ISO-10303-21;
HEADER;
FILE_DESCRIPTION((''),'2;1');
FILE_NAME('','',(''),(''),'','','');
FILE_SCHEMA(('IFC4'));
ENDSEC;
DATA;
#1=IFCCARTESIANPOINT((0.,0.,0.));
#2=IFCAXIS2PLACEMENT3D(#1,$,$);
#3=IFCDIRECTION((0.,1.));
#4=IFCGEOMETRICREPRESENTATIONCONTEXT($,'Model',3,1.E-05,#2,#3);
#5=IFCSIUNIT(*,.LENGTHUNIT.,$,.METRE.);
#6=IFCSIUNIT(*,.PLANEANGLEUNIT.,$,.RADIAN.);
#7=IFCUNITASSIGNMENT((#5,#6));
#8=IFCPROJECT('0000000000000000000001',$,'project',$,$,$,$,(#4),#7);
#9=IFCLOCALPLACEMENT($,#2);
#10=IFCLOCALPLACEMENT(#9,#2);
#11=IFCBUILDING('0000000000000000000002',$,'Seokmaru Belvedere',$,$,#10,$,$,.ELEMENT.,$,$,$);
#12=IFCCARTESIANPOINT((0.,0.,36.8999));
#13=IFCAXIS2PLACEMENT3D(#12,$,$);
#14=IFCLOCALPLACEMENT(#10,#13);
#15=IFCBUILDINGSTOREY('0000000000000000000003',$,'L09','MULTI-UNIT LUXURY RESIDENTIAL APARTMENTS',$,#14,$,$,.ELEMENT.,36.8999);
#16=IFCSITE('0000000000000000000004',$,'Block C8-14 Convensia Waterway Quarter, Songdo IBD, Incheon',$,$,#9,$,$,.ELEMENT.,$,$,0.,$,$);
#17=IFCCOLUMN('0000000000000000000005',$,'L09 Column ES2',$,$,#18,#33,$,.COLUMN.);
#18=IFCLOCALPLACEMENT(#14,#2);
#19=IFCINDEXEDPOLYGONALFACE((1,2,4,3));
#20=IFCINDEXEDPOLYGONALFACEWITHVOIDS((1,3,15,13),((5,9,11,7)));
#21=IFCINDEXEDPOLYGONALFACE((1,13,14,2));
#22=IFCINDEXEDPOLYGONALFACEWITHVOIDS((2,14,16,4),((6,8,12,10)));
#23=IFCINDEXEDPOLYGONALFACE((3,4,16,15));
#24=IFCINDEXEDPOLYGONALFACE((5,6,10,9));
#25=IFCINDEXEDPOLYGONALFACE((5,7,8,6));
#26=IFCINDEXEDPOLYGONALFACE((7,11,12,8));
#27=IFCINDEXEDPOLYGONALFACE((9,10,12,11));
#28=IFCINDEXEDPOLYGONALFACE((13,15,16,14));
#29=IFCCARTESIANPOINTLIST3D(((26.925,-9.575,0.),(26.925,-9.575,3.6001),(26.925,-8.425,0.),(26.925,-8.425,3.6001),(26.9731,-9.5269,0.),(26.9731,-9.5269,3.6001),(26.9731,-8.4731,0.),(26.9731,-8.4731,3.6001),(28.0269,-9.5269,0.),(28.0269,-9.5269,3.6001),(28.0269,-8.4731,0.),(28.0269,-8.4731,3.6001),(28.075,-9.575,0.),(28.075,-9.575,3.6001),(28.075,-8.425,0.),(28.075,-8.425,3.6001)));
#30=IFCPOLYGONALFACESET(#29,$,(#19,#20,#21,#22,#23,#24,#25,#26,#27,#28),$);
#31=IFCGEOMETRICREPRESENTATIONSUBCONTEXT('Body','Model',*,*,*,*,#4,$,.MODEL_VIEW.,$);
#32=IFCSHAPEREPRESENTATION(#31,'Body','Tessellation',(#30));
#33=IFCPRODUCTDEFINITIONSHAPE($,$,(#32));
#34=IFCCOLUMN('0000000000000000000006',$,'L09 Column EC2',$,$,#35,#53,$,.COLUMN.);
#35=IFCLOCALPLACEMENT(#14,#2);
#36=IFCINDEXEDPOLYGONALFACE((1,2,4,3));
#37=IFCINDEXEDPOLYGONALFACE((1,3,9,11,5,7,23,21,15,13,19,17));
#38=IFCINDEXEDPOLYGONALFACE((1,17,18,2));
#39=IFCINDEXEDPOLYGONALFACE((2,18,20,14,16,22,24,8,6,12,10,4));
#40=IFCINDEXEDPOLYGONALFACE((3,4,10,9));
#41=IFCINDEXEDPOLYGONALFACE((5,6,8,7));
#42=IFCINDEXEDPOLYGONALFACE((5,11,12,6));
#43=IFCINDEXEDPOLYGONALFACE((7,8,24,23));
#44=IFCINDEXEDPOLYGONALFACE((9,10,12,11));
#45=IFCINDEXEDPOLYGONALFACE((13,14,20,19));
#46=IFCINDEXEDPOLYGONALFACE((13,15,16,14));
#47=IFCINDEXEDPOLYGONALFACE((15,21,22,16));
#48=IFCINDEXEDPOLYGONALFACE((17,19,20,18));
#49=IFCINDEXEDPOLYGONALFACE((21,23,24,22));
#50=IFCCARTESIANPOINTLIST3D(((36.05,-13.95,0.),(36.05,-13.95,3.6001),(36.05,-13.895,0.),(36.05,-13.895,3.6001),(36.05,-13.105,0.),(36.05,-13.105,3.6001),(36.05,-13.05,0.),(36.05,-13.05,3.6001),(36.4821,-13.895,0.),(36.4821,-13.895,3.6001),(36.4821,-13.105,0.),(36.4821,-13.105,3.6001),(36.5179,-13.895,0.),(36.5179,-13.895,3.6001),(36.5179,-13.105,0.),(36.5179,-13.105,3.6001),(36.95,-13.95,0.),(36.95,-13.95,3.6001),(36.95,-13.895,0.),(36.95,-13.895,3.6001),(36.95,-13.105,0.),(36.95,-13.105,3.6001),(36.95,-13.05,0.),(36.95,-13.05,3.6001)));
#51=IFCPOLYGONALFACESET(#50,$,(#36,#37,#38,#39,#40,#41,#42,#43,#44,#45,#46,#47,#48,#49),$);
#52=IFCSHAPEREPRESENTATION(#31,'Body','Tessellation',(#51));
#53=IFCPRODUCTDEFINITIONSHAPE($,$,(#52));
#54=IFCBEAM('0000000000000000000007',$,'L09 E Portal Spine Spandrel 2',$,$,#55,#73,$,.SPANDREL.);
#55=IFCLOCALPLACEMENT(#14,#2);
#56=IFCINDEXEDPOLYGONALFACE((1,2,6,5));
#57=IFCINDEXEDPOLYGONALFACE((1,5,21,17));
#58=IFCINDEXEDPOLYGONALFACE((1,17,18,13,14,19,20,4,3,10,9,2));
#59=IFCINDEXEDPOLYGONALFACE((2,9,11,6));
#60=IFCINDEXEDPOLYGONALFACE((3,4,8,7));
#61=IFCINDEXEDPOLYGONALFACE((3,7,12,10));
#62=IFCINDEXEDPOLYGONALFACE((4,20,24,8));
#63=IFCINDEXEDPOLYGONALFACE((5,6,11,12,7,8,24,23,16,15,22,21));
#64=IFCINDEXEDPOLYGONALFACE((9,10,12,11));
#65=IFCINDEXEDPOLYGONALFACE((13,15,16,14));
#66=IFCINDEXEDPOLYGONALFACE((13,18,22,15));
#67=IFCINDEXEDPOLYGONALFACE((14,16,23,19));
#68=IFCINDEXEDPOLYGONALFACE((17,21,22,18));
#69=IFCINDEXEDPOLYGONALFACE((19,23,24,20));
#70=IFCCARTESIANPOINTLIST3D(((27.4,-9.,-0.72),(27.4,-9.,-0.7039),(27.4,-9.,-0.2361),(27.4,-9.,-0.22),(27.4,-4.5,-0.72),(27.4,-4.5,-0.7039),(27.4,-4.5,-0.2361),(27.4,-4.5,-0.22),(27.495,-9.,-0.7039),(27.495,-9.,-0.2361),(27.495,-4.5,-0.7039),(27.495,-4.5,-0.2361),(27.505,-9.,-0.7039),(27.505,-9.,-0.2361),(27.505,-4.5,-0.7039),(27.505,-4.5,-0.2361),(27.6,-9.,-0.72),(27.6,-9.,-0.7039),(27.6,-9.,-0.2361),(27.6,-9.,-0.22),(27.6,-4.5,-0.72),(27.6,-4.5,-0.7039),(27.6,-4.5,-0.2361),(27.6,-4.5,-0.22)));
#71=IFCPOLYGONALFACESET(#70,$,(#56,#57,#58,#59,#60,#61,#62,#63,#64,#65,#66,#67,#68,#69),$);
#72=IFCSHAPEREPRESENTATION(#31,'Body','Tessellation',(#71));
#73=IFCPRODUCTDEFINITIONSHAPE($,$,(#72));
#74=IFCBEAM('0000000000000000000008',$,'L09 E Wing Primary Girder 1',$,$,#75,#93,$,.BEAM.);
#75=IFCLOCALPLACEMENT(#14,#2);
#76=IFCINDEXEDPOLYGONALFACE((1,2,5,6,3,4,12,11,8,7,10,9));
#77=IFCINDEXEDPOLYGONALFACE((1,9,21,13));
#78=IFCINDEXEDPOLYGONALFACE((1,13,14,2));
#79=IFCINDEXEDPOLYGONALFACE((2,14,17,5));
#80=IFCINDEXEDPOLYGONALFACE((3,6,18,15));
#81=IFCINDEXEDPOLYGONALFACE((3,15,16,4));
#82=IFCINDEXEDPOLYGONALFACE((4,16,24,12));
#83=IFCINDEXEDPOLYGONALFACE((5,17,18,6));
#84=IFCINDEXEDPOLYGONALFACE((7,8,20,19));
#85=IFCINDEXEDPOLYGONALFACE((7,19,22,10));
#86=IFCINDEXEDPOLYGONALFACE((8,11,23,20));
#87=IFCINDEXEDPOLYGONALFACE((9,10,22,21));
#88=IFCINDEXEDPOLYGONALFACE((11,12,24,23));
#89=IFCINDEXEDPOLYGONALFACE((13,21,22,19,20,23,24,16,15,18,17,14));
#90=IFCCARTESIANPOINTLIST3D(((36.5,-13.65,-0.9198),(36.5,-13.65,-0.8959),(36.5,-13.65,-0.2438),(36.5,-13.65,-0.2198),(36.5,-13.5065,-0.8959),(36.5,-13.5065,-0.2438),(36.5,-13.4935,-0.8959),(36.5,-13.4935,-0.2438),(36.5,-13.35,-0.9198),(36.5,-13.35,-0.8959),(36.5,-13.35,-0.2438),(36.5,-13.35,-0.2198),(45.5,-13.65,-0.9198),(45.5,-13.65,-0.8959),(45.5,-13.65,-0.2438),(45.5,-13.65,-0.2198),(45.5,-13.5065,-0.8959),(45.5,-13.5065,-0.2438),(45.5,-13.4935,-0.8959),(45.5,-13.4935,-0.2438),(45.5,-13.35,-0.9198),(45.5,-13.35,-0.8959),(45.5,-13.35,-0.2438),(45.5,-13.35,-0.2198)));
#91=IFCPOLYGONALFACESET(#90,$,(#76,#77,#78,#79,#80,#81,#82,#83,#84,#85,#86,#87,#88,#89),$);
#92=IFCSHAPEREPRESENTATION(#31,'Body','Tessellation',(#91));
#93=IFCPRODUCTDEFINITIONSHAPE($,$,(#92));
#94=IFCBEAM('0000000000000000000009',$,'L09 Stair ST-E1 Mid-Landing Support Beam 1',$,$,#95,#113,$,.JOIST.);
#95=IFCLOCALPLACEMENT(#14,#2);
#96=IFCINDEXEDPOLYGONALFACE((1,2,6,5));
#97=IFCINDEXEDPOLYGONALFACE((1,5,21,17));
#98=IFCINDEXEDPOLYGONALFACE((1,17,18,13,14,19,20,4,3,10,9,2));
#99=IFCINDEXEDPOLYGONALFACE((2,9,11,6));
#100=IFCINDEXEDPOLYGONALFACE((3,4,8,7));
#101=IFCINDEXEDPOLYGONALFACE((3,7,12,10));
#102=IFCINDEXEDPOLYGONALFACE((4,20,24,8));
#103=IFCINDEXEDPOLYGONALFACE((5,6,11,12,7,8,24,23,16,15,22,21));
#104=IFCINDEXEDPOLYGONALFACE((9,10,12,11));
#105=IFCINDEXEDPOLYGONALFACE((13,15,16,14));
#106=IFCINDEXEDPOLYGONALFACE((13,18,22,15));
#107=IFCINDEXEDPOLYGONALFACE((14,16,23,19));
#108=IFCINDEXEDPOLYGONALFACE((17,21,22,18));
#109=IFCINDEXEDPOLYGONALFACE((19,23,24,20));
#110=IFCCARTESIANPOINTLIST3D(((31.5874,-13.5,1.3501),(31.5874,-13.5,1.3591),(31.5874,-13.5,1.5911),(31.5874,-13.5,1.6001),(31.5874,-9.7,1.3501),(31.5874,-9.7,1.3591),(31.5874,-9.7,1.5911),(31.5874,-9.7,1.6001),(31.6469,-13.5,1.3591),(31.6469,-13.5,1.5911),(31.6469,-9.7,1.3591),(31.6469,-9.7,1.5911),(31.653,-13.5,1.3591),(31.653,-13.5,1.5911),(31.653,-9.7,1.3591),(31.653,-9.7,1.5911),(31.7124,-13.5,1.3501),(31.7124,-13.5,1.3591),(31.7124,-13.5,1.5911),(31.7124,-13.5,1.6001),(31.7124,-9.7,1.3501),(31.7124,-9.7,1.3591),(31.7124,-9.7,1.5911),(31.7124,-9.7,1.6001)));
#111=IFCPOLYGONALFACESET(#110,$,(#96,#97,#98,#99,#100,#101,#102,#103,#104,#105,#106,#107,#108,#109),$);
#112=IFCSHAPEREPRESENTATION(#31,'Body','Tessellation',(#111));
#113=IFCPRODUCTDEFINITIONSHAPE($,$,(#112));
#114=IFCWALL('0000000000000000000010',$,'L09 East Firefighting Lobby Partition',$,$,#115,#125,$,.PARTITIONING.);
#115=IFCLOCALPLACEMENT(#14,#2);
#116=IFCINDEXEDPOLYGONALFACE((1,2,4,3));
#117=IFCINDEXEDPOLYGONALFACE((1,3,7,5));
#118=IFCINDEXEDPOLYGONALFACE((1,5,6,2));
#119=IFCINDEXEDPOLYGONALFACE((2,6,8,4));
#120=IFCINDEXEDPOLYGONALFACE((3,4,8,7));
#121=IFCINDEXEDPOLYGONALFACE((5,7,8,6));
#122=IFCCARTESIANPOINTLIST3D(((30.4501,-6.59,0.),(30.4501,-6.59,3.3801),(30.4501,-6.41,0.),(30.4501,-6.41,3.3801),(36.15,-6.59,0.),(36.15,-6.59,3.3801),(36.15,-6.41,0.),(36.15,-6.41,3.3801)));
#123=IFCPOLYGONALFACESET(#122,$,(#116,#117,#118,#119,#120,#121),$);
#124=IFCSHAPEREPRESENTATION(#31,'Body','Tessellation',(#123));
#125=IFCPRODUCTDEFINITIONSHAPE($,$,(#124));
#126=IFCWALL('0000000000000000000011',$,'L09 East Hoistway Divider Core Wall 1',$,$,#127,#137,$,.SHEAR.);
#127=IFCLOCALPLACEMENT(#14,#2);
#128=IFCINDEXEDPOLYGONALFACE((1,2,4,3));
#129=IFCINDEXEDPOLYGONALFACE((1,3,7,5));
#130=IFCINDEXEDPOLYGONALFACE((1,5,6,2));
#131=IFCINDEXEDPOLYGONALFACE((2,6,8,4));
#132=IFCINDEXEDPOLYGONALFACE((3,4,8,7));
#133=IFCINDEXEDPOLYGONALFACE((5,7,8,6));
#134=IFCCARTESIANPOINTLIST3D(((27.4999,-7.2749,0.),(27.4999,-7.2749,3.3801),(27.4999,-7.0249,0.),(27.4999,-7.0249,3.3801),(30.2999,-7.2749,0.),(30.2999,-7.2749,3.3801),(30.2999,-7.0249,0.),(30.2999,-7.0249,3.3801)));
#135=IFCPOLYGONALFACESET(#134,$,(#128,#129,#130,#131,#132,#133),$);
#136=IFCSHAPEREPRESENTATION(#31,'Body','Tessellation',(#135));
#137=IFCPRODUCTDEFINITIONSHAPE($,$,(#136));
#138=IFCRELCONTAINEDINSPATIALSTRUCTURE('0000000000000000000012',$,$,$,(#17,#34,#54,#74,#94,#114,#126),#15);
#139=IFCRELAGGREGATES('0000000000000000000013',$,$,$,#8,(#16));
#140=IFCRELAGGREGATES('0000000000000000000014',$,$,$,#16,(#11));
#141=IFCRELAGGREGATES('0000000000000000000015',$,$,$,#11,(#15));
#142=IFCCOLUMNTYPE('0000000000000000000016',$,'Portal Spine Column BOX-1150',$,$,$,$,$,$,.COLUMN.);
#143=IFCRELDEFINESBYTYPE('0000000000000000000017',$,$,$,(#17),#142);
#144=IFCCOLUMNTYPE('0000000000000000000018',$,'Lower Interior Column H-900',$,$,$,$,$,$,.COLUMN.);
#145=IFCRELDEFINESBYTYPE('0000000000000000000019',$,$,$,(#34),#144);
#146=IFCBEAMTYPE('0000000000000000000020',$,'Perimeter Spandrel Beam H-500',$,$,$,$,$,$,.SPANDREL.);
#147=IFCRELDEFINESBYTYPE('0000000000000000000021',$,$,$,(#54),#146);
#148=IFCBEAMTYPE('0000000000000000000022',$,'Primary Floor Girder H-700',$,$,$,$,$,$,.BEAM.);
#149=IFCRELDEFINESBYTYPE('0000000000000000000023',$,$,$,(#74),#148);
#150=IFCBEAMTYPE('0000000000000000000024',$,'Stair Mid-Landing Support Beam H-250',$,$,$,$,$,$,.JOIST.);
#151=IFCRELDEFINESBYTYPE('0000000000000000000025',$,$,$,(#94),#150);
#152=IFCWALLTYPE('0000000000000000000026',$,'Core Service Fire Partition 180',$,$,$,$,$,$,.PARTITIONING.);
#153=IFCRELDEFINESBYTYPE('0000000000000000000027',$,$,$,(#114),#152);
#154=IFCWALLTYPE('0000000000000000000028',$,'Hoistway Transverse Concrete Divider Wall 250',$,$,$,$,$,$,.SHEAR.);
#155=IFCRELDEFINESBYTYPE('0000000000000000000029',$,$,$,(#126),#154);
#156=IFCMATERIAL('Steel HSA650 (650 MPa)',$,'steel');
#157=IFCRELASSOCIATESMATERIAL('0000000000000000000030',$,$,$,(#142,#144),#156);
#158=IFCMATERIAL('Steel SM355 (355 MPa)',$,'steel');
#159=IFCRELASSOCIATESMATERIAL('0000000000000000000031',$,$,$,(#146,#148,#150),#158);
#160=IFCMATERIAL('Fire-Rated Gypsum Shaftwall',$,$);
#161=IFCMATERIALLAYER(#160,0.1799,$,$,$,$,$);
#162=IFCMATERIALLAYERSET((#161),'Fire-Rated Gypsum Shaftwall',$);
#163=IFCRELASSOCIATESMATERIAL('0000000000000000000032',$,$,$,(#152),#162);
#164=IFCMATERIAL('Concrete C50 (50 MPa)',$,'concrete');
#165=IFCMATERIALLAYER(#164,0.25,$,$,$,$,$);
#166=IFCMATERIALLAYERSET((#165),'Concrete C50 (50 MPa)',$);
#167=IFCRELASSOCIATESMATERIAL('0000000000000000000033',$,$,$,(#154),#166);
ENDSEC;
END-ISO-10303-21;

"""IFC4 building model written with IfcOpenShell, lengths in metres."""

from ifc_helpers import new_model, si_unit, direction, frame, frame_2d, origin, origin_2d, place, context, subcontext, project, spatial, rectangle, hollow_rectangle, i_section, extrude, source, transform, mapped, material, layer, layer_set, material_profile, profile_set, type_object, type_shapes, element, save


model = new_model("IFC4")

# Units and contexts
model_context = context("Model", 3, precision=1e-05, world=origin(), true_north=direction((0.0, 1.0)))
body_context = subcontext(model_context, "Body", "Model", "MODEL_VIEW")
ifc_project = project(units=[si_unit("LENGTHUNIT", "METRE"), si_unit("PLANEANGLEUNIT", "RADIAN")], contexts=[model_context])

# Site, building, storey
site_placement = place(None, origin())
site = spatial("IfcSite", under=ifc_project, at=site_placement, Name="Block C8-14 Convensia Waterway Quarter, Songdo IBD, Incheon", CompositionType="ELEMENT", RefElevation=0.0)
building_placement = place(site_placement, origin())
building = spatial("IfcBuilding", under=site, at=building_placement, Name="Seokmaru Belvedere", CompositionType="ELEMENT")
storey_placement = place(building_placement, frame((0.0, 0.0, 36.8999)))
storey = spatial("IfcBuildingStorey", under=building, at=storey_placement, Name="L09", Description="MULTI-UNIT LUXURY RESIDENTIAL APARTMENTS", CompositionType="ELEMENT", Elevation=36.8999)

# Columns
ifc_material_1 = material(Name="Steel HSA650 (650 MPa)", Category="steel")
ifc_material_profile_1 = material_profile(ifc_material_1, hollow_rectangle(XDim=1.1499, YDim=1.1499, WallThickness=0.0481, at=origin_2d()), Name="BOX-1150x1150x48")
ifc_profile_set_1 = profile_set([ifc_material_profile_1], Name="Steel HSA650 (650 MPa)")
column_type_1 = type_object("IfcColumnType", Name="Portal Spine Column BOX-1150", PredefinedType="COLUMN", material=ifc_profile_set_1)
shared_shape_1 = source(origin(), body_context, "Body", "SweptSolid", [
    extrude(hollow_rectangle(XDim=1.1499, YDim=1.1499, WallThickness=0.0481, at=origin_2d()), origin(), (0.0, 0.0, 1.0), 3.6001),
])
type_shapes(column_type_1, [shared_shape_1])
column_1_placement = place(storey_placement, frame((27.5, -9.0, 0.0), z_axis=(0.0, 0.0, 1.0), x_axis=(1.0, 0.0, 0.0)))
element("IfcColumn", 1, at=column_1_placement, inside=storey, type_object=column_type_1, Name="L09 Column ES2", PredefinedType="COLUMN", context=body_context, shape_type="MappedRepresentation", body=[
    mapped(shared_shape_1, transform((0.0, 0.0, 0.0), scale=1.0)),
])
ifc_material_profile_2 = material_profile(ifc_material_1, i_section(OverallWidth=0.8999, OverallDepth=0.8999, WebThickness=0.0359, FlangeThickness=0.0549, at=origin_2d()), Name="H-900x900x36x55")
ifc_profile_set_2 = profile_set([ifc_material_profile_2], Name="Steel HSA650 (650 MPa)")
column_type_2 = type_object("IfcColumnType", Name="Lower Interior Column H-900", PredefinedType="COLUMN", material=ifc_profile_set_2)
shared_shape_2 = source(origin(), body_context, "Body", "SweptSolid", [
    extrude(i_section(OverallWidth=0.8999, OverallDepth=0.8999, WebThickness=0.0359, FlangeThickness=0.0549, at=origin_2d()), origin(), (0.0, 0.0, 1.0), 3.6001),
])
type_shapes(column_type_2, [shared_shape_2])
column_2_placement = place(storey_placement, frame((36.5, -13.5, 0.0), z_axis=(0.0, 0.0, 1.0), x_axis=(1.0, 0.0, 0.0)))
element("IfcColumn", 2, at=column_2_placement, inside=storey, type_object=column_type_2, Name="L09 Column EC2", PredefinedType="COLUMN", context=body_context, shape_type="MappedRepresentation", body=[
    mapped(shared_shape_2, transform((0.0, 0.0, 0.0), scale=1.0)),
])

# Beams
ifc_material_2 = material(Name="Steel SM355 (355 MPa)", Category="steel")
ifc_material_profile_3 = material_profile(ifc_material_2, i_section(OverallWidth=0.2, OverallDepth=0.5, WebThickness=0.01, FlangeThickness=0.0161, at=origin_2d()), Name="H-500x200x10x16")
ifc_profile_set_3 = profile_set([ifc_material_profile_3], Name="Steel SM355 (355 MPa)")
beam_type_1 = type_object("IfcBeamType", Name="Perimeter Spandrel Beam H-500", PredefinedType="SPANDREL", material=ifc_profile_set_3)
shared_shape_3 = source(origin(), body_context, "Body", "SweptSolid", [
    extrude(i_section(OverallWidth=0.2, OverallDepth=0.5, WebThickness=0.01, FlangeThickness=0.0161, at=origin_2d()), origin(), (0.0, 0.0, 1.0), 4.5),
])
type_shapes(beam_type_1, [shared_shape_3])
beam_1_placement = place(storey_placement, frame((27.5, -9.0, -0.47), z_axis=(0.0, 1.0, 0.0), x_axis=(-1.0, 0.0, 0.0)))
element("IfcBeam", 3, at=beam_1_placement, inside=storey, type_object=beam_type_1, Name="L09 E Portal Spine Spandrel 2", PredefinedType="SPANDREL", context=body_context, shape_type="MappedRepresentation", body=[
    mapped(shared_shape_3, transform((0.0, 0.0, 0.0), scale=1.0)),
])
ifc_material_profile_4 = material_profile(ifc_material_2, i_section(OverallWidth=0.3, OverallDepth=0.7, WebThickness=0.0129, FlangeThickness=0.0239, at=origin_2d()), Name="H-700x300x13x24")
ifc_profile_set_4 = profile_set([ifc_material_profile_4], Name="Steel SM355 (355 MPa)")
beam_type_2 = type_object("IfcBeamType", Name="Primary Floor Girder H-700", PredefinedType="BEAM", material=ifc_profile_set_4)
shared_shape_4 = source(origin(), body_context, "Body", "SweptSolid", [
    extrude(i_section(OverallWidth=0.3, OverallDepth=0.7, WebThickness=0.0129, FlangeThickness=0.0239, at=origin_2d()), origin(), (0.0, 0.0, 1.0), 9.0),
])
type_shapes(beam_type_2, [shared_shape_4])
beam_2_placement = place(storey_placement, frame((36.5, -13.5, -0.5698), z_axis=(1.0, 0.0, 0.0), x_axis=(0.0, 1.0, 0.0)))
element("IfcBeam", 4, at=beam_2_placement, inside=storey, type_object=beam_type_2, Name="L09 E Wing Primary Girder 1", PredefinedType="BEAM", context=body_context, shape_type="MappedRepresentation", body=[
    mapped(shared_shape_4, transform((0.0, 0.0, 0.0), scale=1.0)),
])
ifc_material_profile_5 = material_profile(ifc_material_2, i_section(OverallWidth=0.125, OverallDepth=0.25, WebThickness=0.0061, FlangeThickness=0.009, at=origin_2d()), Name="H-250x125x6x9")
ifc_profile_set_5 = profile_set([ifc_material_profile_5], Name="Steel SM355 (355 MPa)")
beam_type_3 = type_object("IfcBeamType", Name="Stair Mid-Landing Support Beam H-250", PredefinedType="JOIST", material=ifc_profile_set_5)
shared_shape_5 = source(origin(), body_context, "Body", "SweptSolid", [
    extrude(i_section(OverallWidth=0.125, OverallDepth=0.25, WebThickness=0.0061, FlangeThickness=0.009, at=origin_2d()), origin(), (0.0, 0.0, 1.0), 3.8),
])
type_shapes(beam_type_3, [shared_shape_5])
beam_3_placement = place(storey_placement, frame((31.6499, -13.5, 1.4751), z_axis=(0.0, 1.0, 0.0), x_axis=(-1.0, 0.0, 0.0)))
element("IfcBeam", 5, at=beam_3_placement, inside=storey, type_object=beam_type_3, Name="L09 Stair ST-E1 Mid-Landing Support Beam 1", PredefinedType="JOIST", context=body_context, shape_type="MappedRepresentation", body=[
    mapped(shared_shape_5, transform((0.0, 0.0, 0.0), scale=1.0)),
])

# Walls
ifc_material_3 = material(Name="Fire-Rated Gypsum Shaftwall")
ifc_layer_1 = layer(ifc_material_3, 0.1799)
ifc_layer_set_1 = layer_set([ifc_layer_1], Name="Fire-Rated Gypsum Shaftwall")
wall_type_1 = type_object("IfcWallType", Name="Core Service Fire Partition 180", PredefinedType="PARTITIONING", material=ifc_layer_set_1)
wall_1_placement = place(storey_placement, frame((30.45, -6.5, 0.0), z_axis=(0.0, 0.0, 1.0), x_axis=(1.0, 0.0, 0.0)))
element("IfcWall", 6, at=wall_1_placement, inside=storey, type_object=wall_type_1, Name="L09 East Firefighting Lobby Partition", PredefinedType="PARTITIONING", context=body_context, shape_type="SweptSolid", body=[
    extrude(rectangle(XDim=5.7, YDim=0.1799, at=frame_2d((2.8501, 0.0))), origin(), (0.0, 0.0, 1.0), 3.3801),
])
ifc_material_4 = material(Name="Concrete C50 (50 MPa)", Category="concrete")
ifc_layer_2 = layer(ifc_material_4, 0.25)
ifc_layer_set_2 = layer_set([ifc_layer_2], Name="Concrete C50 (50 MPa)")
wall_type_2 = type_object("IfcWallType", Name="Hoistway Transverse Concrete Divider Wall 250", PredefinedType="SHEAR", material=ifc_layer_set_2)
wall_2_placement = place(storey_placement, frame((27.5, -7.1499, 0.0), z_axis=(0.0, 0.0, 1.0), x_axis=(1.0, 0.0, 0.0)))
element("IfcWall", 7, at=wall_2_placement, inside=storey, type_object=wall_type_2, Name="L09 East Hoistway Divider Core Wall 1", PredefinedType="SHEAR", context=body_context, shape_type="SweptSolid", body=[
    extrude(rectangle(XDim=2.8, YDim=0.25, at=frame_2d((1.3999, 0.0))), origin(), (0.0, 0.0, 1.0), 3.3801),
])

save(model, "model.ifc")
